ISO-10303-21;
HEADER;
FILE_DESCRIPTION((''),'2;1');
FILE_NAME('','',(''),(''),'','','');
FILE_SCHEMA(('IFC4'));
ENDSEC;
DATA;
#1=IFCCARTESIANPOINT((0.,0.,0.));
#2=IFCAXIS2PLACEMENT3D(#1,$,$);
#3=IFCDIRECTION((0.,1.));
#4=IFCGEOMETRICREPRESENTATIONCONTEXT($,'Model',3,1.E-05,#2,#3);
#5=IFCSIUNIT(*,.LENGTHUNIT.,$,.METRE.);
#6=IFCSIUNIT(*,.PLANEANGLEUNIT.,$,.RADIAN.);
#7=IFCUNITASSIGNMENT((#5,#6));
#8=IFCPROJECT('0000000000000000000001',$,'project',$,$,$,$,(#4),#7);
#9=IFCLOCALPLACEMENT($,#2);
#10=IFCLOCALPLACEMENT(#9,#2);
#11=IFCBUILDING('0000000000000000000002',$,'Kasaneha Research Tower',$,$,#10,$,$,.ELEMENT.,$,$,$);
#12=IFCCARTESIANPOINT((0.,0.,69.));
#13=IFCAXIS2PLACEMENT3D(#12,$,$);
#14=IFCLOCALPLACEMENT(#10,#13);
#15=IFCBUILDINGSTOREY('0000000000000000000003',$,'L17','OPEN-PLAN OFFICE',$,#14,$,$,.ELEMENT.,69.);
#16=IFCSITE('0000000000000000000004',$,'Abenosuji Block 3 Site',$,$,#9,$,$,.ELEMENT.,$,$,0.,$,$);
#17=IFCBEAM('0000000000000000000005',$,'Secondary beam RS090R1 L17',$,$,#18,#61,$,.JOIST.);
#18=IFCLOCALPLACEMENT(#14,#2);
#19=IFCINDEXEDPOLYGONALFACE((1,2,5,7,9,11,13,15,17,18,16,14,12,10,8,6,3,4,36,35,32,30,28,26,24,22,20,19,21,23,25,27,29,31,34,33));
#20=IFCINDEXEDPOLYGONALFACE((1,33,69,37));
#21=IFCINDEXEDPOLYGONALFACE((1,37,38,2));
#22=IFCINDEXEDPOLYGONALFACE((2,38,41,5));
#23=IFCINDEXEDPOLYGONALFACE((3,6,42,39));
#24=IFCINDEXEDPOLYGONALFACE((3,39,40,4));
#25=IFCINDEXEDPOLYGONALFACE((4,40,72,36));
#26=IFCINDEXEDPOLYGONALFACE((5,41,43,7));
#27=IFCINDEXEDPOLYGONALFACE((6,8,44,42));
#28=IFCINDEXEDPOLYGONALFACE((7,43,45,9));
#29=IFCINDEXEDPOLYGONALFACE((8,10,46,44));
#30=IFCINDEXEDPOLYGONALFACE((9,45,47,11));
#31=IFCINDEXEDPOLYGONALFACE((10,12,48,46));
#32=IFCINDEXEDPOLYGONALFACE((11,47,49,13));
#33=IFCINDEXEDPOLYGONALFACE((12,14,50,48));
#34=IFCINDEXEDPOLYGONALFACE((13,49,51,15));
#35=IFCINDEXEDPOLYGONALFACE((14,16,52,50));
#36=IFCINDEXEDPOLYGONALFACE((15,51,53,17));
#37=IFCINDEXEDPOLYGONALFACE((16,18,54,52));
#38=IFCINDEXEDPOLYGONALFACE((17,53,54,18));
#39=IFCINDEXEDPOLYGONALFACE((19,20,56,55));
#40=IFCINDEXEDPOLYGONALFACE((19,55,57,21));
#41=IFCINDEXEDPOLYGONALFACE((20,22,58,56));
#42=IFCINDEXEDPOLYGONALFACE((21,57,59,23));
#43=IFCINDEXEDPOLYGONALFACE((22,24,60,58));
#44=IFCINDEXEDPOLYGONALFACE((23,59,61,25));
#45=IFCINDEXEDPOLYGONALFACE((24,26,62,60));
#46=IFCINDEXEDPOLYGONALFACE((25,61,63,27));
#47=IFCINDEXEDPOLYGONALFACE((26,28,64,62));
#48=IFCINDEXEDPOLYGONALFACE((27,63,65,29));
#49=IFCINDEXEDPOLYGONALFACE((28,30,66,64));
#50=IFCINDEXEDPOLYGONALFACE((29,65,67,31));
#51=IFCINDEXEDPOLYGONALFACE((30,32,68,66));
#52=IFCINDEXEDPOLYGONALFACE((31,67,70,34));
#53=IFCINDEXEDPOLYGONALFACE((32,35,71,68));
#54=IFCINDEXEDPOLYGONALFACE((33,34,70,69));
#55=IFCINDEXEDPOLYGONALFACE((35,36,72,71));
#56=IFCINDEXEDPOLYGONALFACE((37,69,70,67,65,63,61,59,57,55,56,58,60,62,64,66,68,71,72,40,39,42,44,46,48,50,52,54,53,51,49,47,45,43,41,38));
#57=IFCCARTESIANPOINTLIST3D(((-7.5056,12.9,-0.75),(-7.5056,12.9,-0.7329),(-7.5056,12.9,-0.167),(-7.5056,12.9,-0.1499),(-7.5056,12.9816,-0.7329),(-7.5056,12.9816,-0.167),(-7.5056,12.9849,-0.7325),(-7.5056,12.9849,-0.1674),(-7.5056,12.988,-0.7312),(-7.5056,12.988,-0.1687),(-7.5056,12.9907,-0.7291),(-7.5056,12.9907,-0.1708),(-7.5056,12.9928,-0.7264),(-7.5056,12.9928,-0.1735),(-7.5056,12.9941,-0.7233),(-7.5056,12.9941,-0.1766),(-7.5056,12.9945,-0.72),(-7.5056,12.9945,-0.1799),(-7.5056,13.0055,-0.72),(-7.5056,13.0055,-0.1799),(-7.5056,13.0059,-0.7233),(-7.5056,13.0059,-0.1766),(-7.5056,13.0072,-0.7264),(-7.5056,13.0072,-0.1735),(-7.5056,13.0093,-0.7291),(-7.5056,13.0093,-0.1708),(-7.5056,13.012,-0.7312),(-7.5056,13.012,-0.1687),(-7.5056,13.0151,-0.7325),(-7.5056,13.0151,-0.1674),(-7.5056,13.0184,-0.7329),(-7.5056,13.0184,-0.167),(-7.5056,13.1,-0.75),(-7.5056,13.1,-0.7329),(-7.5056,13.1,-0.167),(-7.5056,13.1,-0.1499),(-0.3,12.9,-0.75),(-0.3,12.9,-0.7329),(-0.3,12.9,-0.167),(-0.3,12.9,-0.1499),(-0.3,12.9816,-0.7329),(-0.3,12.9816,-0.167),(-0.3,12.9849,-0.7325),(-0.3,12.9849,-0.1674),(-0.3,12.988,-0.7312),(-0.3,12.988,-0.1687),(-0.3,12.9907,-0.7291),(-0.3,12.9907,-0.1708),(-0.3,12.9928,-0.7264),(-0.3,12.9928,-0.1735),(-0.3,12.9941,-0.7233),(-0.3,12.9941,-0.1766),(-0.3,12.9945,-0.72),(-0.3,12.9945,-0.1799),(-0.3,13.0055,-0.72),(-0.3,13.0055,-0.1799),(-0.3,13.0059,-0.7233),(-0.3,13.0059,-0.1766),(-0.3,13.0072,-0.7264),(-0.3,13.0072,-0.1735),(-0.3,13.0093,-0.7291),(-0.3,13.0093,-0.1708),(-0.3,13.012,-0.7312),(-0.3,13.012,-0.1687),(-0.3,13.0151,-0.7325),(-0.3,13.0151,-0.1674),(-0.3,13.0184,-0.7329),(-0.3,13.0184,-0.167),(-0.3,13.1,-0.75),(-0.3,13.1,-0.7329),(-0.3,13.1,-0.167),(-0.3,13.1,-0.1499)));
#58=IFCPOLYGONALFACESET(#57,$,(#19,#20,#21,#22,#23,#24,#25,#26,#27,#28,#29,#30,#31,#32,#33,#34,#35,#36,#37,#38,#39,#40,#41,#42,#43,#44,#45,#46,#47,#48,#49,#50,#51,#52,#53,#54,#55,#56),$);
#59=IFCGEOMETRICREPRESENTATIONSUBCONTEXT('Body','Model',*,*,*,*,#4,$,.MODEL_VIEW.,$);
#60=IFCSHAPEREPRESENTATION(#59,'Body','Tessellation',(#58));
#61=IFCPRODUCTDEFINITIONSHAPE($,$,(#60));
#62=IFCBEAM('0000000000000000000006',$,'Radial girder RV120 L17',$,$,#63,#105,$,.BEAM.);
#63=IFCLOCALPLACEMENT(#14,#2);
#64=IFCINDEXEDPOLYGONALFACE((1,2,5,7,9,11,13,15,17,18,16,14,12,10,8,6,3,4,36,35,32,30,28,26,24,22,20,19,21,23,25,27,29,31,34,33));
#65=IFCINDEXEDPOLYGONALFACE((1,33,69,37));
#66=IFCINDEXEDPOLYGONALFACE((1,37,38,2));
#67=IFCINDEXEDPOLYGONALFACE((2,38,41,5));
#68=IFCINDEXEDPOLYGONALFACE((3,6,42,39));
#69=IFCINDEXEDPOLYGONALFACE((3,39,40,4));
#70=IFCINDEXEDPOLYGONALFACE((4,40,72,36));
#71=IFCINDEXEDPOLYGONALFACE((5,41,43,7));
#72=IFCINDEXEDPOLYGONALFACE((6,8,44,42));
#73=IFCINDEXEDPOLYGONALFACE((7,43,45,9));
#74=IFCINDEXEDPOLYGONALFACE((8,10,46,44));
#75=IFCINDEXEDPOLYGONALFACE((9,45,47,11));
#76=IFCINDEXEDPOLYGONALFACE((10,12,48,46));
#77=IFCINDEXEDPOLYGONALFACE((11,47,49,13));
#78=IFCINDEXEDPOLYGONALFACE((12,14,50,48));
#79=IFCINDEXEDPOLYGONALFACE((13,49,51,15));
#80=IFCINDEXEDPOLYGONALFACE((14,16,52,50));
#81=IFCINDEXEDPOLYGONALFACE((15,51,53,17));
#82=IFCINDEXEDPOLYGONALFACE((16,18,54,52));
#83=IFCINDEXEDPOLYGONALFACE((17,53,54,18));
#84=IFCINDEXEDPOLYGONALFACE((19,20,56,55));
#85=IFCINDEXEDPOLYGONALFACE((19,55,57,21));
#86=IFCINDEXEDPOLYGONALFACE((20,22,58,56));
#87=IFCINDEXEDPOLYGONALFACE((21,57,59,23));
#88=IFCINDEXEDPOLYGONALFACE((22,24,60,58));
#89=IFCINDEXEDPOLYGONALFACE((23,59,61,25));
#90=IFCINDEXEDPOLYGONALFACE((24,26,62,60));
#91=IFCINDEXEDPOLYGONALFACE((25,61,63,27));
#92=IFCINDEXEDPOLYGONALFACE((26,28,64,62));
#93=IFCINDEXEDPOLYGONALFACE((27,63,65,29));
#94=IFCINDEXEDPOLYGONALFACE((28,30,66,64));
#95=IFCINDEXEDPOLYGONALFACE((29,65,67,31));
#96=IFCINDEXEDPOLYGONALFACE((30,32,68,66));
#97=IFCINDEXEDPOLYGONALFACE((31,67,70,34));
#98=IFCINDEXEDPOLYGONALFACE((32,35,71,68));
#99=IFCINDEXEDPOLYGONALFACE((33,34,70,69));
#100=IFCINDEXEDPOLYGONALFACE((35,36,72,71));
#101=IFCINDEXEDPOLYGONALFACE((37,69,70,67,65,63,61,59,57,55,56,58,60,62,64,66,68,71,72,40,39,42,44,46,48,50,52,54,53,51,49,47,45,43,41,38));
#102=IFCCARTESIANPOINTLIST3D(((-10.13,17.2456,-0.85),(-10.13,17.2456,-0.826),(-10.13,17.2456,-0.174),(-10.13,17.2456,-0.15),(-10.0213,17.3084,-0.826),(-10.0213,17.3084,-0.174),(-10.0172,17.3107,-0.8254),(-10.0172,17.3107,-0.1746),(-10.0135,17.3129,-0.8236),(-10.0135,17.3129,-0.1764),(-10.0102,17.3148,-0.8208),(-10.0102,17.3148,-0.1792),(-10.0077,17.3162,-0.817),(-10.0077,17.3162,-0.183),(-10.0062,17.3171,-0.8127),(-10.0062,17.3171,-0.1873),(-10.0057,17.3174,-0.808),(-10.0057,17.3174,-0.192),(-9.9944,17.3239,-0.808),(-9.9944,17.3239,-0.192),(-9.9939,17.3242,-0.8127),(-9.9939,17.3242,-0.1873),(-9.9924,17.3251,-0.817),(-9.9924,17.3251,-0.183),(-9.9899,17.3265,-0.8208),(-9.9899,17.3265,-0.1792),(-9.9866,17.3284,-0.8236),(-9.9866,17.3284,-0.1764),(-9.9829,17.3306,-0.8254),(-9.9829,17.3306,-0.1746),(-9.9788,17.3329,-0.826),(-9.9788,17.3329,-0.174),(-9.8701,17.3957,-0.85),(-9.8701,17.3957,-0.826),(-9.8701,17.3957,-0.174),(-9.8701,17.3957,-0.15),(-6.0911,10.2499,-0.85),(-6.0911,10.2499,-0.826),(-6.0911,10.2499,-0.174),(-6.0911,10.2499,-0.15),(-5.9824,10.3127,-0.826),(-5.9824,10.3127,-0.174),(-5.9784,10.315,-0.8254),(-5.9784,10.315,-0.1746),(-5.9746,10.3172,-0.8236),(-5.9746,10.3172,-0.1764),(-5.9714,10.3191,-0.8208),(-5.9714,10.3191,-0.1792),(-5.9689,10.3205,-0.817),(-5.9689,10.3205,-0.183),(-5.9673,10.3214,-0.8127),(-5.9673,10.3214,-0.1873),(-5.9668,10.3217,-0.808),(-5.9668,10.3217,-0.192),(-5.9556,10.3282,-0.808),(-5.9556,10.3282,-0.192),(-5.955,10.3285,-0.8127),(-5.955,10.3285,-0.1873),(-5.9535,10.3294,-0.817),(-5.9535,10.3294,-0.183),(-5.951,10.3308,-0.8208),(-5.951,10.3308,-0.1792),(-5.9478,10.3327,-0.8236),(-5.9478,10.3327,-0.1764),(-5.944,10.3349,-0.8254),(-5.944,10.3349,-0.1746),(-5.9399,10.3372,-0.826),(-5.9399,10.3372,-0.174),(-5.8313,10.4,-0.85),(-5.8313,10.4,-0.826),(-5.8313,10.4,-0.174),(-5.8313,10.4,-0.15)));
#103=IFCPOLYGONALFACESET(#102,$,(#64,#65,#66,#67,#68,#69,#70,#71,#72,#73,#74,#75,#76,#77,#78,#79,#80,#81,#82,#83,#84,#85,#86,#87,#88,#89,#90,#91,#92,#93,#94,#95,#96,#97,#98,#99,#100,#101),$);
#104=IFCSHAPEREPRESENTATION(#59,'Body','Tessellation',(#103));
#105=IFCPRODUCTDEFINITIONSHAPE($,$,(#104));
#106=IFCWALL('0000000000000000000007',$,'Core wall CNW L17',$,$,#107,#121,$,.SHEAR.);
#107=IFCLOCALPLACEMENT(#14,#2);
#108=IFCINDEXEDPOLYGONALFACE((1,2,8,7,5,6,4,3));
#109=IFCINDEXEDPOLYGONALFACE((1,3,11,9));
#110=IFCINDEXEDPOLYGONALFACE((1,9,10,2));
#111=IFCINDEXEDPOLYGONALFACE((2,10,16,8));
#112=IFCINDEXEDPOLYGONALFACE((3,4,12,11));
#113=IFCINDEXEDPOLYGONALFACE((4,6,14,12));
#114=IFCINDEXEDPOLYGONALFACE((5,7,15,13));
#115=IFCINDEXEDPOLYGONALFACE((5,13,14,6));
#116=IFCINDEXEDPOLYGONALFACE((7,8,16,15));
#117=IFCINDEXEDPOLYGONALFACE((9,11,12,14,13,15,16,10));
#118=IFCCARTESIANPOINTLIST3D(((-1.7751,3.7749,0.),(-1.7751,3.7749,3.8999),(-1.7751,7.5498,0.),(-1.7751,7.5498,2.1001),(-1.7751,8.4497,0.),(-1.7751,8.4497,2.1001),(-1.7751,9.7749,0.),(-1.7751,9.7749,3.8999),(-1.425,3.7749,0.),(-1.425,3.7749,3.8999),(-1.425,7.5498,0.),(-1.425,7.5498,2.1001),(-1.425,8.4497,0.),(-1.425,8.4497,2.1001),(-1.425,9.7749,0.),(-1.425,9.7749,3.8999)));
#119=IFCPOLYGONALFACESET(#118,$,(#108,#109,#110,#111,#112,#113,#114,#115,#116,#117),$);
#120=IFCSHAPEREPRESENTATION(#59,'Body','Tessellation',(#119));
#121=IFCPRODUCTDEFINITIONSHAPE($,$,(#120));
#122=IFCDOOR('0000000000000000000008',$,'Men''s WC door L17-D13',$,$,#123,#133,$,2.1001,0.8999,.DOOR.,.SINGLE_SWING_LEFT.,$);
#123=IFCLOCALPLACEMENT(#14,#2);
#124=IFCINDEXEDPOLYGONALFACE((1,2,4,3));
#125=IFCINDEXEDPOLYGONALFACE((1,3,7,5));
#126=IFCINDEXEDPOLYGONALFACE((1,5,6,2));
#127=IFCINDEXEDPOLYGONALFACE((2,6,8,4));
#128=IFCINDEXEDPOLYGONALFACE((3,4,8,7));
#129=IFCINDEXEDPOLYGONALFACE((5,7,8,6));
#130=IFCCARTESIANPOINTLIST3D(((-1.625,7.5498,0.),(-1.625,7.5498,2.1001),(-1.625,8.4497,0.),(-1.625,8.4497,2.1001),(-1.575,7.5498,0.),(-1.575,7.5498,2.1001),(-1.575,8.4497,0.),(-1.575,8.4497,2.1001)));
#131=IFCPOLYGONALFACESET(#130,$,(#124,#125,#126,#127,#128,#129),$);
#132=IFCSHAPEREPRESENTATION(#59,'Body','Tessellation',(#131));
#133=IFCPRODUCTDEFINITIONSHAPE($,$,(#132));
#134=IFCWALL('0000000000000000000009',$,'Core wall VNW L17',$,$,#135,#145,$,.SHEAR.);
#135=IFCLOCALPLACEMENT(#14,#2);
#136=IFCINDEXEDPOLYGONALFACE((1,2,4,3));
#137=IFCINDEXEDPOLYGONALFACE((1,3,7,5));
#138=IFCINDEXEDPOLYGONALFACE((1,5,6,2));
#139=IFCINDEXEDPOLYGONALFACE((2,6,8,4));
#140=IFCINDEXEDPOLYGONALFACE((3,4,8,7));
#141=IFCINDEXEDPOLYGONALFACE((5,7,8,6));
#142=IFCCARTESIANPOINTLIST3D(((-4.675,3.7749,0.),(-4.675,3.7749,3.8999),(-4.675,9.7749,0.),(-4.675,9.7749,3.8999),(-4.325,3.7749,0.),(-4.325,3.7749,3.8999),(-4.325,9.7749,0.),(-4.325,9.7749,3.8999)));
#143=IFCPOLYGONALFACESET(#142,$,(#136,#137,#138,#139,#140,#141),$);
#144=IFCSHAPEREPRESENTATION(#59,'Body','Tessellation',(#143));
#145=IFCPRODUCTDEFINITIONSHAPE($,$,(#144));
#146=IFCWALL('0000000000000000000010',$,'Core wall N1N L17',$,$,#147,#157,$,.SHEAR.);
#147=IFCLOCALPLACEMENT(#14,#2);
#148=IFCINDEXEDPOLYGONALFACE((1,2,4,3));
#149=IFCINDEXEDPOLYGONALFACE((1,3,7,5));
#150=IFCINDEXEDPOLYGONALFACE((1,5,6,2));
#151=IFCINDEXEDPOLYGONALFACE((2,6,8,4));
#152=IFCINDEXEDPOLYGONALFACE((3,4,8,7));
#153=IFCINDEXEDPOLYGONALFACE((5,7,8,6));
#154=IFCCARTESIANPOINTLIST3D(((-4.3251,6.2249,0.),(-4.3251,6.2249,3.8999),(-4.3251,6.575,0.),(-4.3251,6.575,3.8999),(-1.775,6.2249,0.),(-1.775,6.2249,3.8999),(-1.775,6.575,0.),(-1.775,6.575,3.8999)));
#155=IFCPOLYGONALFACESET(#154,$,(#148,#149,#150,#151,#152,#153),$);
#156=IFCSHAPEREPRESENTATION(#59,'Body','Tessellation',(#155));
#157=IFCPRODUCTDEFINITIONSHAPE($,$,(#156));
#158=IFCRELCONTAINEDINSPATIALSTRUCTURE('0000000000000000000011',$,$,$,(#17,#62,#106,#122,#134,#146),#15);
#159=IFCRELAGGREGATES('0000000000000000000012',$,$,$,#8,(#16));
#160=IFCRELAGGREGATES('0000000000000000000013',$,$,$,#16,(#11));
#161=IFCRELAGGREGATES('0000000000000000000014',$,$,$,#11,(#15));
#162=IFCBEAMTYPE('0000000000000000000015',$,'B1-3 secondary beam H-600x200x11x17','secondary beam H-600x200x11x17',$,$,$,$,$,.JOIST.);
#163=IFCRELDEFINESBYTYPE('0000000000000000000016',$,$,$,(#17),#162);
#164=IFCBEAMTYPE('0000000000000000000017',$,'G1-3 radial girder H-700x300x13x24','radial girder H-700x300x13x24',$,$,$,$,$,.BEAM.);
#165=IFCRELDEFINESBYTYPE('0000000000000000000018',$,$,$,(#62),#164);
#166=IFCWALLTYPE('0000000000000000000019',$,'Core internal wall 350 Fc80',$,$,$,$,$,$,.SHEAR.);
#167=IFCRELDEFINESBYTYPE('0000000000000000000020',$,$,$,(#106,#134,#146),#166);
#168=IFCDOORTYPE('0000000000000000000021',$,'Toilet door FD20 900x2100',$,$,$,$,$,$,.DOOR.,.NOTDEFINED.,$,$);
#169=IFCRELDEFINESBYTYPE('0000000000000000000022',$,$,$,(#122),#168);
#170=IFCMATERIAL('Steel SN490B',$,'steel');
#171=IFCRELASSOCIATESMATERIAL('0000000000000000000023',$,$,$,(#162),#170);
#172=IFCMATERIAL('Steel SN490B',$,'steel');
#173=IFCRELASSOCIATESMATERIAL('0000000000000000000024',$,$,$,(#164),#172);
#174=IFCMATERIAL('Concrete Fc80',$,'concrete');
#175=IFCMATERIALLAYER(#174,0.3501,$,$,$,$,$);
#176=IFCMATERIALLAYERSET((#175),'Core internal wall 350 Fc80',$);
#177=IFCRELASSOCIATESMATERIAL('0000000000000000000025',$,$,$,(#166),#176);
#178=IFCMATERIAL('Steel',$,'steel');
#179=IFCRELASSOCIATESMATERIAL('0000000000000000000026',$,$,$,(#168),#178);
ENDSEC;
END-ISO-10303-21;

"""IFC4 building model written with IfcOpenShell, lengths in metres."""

from ifc_helpers import new_model, si_unit, direction, frame, frame_2d, origin, origin_2d, place, context, subcontext, project, spatial, rectangle, i_section, extrude, material, layer, layer_set, material_profile, profile_set, type_object, element, fill, save


model = new_model("IFC4")

# Units and contexts
model_context = context("Model", 3, precision=1e-05, world=origin(), true_north=direction((0.0, 1.0)))
body_context = subcontext(model_context, "Body", "Model", "MODEL_VIEW")
ifc_project = project(units=[si_unit("LENGTHUNIT", "METRE"), si_unit("PLANEANGLEUNIT", "RADIAN")], contexts=[model_context])

# Site, building, storey
site_placement = place(None, origin())
site = spatial("IfcSite", under=ifc_project, at=site_placement, Name="Abenosuji Block 3 Site", CompositionType="ELEMENT", RefElevation=0.0)
building_placement = place(site_placement, origin())
building = spatial("IfcBuilding", under=site, at=building_placement, Name="Kasaneha Research Tower", CompositionType="ELEMENT")
storey_placement = place(building_placement, frame((0.0, 0.0, 69.0)))
storey = spatial("IfcBuildingStorey", under=building, at=storey_placement, Name="L17", Description="OPEN-PLAN OFFICE", CompositionType="ELEMENT", Elevation=69.0)

# Beams
ifc_material_1 = material(Name="Steel SN490B", Category="steel")
ifc_material_profile_1 = material_profile(ifc_material_1, i_section(OverallWidth=0.2, OverallDepth=0.6001, WebThickness=0.011, FlangeThickness=0.0171, FilletRadius=0.0129, at=origin_2d()), Name="H-600x200x11x17")
ifc_profile_set_1 = profile_set([ifc_material_profile_1], Name="Steel SN490B")
beam_type_1 = type_object("IfcBeamType", Name="B1-3 secondary beam H-600x200x11x17", Description="secondary beam H-600x200x11x17", PredefinedType="JOIST", material=ifc_profile_set_1)
beam_1_placement = place(storey_placement, frame((-7.5056, 13.0, -0.45), z_axis=(1.0, 0.0, 0.0), x_axis=(0.0, 1.0, 0.0)))
element("IfcBeam", 1, at=beam_1_placement, inside=storey, type_object=beam_type_1, Name="Secondary beam RS090R1 L17", PredefinedType="JOIST", context=body_context, shape_type="SweptSolid", body=[
    extrude(i_section(OverallWidth=0.2, OverallDepth=0.6001, WebThickness=0.011, FlangeThickness=0.0171, FilletRadius=0.0129, at=origin_2d()), origin(), (0.0, 0.0, 1.0), 7.2056),
])
ifc_material_2 = material(Name="Steel SN490B", Category="steel")
ifc_material_profile_2 = material_profile(ifc_material_2, i_section(OverallWidth=0.3, OverallDepth=0.7, WebThickness=0.0129, FlangeThickness=0.0239, FilletRadius=0.0181, at=origin_2d()), Name="H-700x300x13x24")
ifc_profile_set_2 = profile_set([ifc_material_profile_2], Name="Steel SN490B")
beam_type_2 = type_object("IfcBeamType", Name="G1-3 radial girder H-700x300x13x24", Description="radial girder H-700x300x13x24", PredefinedType="BEAM", material=ifc_profile_set_2)
beam_2_placement = place(storey_placement, frame((-5.9612, 10.325, -0.5), z_axis=(-0.499991, 0.866031, 0.0), x_axis=(-0.866031, -0.499991, 0.0)))
element("IfcBeam", 2, at=beam_2_placement, inside=storey, type_object=beam_type_2, Name="Radial girder RV120 L17", PredefinedType="BEAM", context=body_context, shape_type="SweptSolid", body=[
    extrude(i_section(OverallWidth=0.3, OverallDepth=0.7, WebThickness=0.0129, FlangeThickness=0.0239, FilletRadius=0.0181, at=origin_2d()), origin(), (0.0, 0.0, 1.0), 8.0779),
])

# Wall, opening, door
ifc_material_3 = material(Name="Concrete Fc80", Category="concrete")
ifc_layer_1 = layer(ifc_material_3, 0.3501)
ifc_layer_set_1 = layer_set([ifc_layer_1], Name="Core internal wall 350 Fc80")
wall_type_1 = type_object("IfcWallType", Name="Core internal wall 350 Fc80", PredefinedType="SHEAR", material=ifc_layer_set_1)
wall_1_placement = place(storey_placement, frame((-1.6001, 3.7749, 0.0), z_axis=(0.0, 0.0, 1.0), x_axis=(0.0, 1.0, 0.0)))
wall_1 = element("IfcWall", 3, at=wall_1_placement, inside=storey, type_object=wall_type_1, Name="Core wall CNW L17", PredefinedType="SHEAR", context=body_context, shape_type="SweptSolid", body=[
    extrude(rectangle(XDim=6.0, YDim=0.3501, at=frame_2d((3.0, 0.0))), origin(), (0.0, 0.0, 1.0), 3.8999),
])
opening_1_placement = place(wall_1_placement, frame((3.7749, 0.0, 0.0)))
opening_1 = element("IfcOpeningElement", 4, at=opening_1_placement, cuts=wall_1, PredefinedType="OPENING", context=body_context, shape_type="SweptSolid", body=[
    extrude(rectangle(XDim=0.8999, YDim=2.1001, at=frame_2d((0.45, 1.05))), frame((0.0, 0.1851, 0.0), z_axis=(0.0, -1.0, 0.0), x_axis=(1.0, 0.0, 0.0)), (0.0, 0.0, 1.0), 0.3701),
])
ifc_material_4 = material(Name="Steel", Category="steel")
door_type_1 = type_object("IfcDoorType", Name="Toilet door FD20 900x2100", OperationType="NOTDEFINED", PredefinedType="DOOR", material=ifc_material_4)
door_1_placement = place(opening_1_placement, origin())
door_1 = element("IfcDoor", 5, at=door_1_placement, inside=storey, type_object=door_type_1, Name="Men's WC door L17-D13", OperationType="SINGLE_SWING_LEFT", OverallHeight=2.1001, OverallWidth=0.8999, PredefinedType="DOOR", context=body_context, shape_type="SweptSolid", body=[
    extrude(rectangle(XDim=0.8999, YDim=2.1001, at=frame_2d((0.45, 1.05))), frame((0.0, 0.0249, 0.0), z_axis=(0.0, -1.0, 0.0), x_axis=(1.0, 0.0, 0.0)), (0.0, 0.0, 1.0), 0.05),
])
fill(opening_1, door_1)

# Walls
wall_2_placement = place(storey_placement, frame((-4.5, 3.7749, 0.0), z_axis=(0.0, 0.0, 1.0), x_axis=(0.0, 1.0, 0.0)))
element("IfcWall", 6, at=wall_2_placement, inside=storey, type_object=wall_type_1, Name="Core wall VNW L17", PredefinedType="SHEAR", context=body_context, shape_type="SweptSolid", body=[
    extrude(rectangle(XDim=6.0, YDim=0.3501, at=frame_2d((3.0, 0.0))), origin(), (0.0, 0.0, 1.0), 3.8999),
])
wall_3_placement = place(storey_placement, frame((-4.325, 6.3999, 0.0), z_axis=(0.0, 0.0, 1.0), x_axis=(1.0, 0.0, 0.0)))
element("IfcWall", 7, at=wall_3_placement, inside=storey, type_object=wall_type_1, Name="Core wall N1N L17", PredefinedType="SHEAR", context=body_context, shape_type="SweptSolid", body=[
    extrude(rectangle(XDim=2.55, YDim=0.3501, at=frame_2d((1.2749, 0.0))), origin(), (0.0, 0.0, 1.0), 3.8999),
])

save(model, "model.ifc")
